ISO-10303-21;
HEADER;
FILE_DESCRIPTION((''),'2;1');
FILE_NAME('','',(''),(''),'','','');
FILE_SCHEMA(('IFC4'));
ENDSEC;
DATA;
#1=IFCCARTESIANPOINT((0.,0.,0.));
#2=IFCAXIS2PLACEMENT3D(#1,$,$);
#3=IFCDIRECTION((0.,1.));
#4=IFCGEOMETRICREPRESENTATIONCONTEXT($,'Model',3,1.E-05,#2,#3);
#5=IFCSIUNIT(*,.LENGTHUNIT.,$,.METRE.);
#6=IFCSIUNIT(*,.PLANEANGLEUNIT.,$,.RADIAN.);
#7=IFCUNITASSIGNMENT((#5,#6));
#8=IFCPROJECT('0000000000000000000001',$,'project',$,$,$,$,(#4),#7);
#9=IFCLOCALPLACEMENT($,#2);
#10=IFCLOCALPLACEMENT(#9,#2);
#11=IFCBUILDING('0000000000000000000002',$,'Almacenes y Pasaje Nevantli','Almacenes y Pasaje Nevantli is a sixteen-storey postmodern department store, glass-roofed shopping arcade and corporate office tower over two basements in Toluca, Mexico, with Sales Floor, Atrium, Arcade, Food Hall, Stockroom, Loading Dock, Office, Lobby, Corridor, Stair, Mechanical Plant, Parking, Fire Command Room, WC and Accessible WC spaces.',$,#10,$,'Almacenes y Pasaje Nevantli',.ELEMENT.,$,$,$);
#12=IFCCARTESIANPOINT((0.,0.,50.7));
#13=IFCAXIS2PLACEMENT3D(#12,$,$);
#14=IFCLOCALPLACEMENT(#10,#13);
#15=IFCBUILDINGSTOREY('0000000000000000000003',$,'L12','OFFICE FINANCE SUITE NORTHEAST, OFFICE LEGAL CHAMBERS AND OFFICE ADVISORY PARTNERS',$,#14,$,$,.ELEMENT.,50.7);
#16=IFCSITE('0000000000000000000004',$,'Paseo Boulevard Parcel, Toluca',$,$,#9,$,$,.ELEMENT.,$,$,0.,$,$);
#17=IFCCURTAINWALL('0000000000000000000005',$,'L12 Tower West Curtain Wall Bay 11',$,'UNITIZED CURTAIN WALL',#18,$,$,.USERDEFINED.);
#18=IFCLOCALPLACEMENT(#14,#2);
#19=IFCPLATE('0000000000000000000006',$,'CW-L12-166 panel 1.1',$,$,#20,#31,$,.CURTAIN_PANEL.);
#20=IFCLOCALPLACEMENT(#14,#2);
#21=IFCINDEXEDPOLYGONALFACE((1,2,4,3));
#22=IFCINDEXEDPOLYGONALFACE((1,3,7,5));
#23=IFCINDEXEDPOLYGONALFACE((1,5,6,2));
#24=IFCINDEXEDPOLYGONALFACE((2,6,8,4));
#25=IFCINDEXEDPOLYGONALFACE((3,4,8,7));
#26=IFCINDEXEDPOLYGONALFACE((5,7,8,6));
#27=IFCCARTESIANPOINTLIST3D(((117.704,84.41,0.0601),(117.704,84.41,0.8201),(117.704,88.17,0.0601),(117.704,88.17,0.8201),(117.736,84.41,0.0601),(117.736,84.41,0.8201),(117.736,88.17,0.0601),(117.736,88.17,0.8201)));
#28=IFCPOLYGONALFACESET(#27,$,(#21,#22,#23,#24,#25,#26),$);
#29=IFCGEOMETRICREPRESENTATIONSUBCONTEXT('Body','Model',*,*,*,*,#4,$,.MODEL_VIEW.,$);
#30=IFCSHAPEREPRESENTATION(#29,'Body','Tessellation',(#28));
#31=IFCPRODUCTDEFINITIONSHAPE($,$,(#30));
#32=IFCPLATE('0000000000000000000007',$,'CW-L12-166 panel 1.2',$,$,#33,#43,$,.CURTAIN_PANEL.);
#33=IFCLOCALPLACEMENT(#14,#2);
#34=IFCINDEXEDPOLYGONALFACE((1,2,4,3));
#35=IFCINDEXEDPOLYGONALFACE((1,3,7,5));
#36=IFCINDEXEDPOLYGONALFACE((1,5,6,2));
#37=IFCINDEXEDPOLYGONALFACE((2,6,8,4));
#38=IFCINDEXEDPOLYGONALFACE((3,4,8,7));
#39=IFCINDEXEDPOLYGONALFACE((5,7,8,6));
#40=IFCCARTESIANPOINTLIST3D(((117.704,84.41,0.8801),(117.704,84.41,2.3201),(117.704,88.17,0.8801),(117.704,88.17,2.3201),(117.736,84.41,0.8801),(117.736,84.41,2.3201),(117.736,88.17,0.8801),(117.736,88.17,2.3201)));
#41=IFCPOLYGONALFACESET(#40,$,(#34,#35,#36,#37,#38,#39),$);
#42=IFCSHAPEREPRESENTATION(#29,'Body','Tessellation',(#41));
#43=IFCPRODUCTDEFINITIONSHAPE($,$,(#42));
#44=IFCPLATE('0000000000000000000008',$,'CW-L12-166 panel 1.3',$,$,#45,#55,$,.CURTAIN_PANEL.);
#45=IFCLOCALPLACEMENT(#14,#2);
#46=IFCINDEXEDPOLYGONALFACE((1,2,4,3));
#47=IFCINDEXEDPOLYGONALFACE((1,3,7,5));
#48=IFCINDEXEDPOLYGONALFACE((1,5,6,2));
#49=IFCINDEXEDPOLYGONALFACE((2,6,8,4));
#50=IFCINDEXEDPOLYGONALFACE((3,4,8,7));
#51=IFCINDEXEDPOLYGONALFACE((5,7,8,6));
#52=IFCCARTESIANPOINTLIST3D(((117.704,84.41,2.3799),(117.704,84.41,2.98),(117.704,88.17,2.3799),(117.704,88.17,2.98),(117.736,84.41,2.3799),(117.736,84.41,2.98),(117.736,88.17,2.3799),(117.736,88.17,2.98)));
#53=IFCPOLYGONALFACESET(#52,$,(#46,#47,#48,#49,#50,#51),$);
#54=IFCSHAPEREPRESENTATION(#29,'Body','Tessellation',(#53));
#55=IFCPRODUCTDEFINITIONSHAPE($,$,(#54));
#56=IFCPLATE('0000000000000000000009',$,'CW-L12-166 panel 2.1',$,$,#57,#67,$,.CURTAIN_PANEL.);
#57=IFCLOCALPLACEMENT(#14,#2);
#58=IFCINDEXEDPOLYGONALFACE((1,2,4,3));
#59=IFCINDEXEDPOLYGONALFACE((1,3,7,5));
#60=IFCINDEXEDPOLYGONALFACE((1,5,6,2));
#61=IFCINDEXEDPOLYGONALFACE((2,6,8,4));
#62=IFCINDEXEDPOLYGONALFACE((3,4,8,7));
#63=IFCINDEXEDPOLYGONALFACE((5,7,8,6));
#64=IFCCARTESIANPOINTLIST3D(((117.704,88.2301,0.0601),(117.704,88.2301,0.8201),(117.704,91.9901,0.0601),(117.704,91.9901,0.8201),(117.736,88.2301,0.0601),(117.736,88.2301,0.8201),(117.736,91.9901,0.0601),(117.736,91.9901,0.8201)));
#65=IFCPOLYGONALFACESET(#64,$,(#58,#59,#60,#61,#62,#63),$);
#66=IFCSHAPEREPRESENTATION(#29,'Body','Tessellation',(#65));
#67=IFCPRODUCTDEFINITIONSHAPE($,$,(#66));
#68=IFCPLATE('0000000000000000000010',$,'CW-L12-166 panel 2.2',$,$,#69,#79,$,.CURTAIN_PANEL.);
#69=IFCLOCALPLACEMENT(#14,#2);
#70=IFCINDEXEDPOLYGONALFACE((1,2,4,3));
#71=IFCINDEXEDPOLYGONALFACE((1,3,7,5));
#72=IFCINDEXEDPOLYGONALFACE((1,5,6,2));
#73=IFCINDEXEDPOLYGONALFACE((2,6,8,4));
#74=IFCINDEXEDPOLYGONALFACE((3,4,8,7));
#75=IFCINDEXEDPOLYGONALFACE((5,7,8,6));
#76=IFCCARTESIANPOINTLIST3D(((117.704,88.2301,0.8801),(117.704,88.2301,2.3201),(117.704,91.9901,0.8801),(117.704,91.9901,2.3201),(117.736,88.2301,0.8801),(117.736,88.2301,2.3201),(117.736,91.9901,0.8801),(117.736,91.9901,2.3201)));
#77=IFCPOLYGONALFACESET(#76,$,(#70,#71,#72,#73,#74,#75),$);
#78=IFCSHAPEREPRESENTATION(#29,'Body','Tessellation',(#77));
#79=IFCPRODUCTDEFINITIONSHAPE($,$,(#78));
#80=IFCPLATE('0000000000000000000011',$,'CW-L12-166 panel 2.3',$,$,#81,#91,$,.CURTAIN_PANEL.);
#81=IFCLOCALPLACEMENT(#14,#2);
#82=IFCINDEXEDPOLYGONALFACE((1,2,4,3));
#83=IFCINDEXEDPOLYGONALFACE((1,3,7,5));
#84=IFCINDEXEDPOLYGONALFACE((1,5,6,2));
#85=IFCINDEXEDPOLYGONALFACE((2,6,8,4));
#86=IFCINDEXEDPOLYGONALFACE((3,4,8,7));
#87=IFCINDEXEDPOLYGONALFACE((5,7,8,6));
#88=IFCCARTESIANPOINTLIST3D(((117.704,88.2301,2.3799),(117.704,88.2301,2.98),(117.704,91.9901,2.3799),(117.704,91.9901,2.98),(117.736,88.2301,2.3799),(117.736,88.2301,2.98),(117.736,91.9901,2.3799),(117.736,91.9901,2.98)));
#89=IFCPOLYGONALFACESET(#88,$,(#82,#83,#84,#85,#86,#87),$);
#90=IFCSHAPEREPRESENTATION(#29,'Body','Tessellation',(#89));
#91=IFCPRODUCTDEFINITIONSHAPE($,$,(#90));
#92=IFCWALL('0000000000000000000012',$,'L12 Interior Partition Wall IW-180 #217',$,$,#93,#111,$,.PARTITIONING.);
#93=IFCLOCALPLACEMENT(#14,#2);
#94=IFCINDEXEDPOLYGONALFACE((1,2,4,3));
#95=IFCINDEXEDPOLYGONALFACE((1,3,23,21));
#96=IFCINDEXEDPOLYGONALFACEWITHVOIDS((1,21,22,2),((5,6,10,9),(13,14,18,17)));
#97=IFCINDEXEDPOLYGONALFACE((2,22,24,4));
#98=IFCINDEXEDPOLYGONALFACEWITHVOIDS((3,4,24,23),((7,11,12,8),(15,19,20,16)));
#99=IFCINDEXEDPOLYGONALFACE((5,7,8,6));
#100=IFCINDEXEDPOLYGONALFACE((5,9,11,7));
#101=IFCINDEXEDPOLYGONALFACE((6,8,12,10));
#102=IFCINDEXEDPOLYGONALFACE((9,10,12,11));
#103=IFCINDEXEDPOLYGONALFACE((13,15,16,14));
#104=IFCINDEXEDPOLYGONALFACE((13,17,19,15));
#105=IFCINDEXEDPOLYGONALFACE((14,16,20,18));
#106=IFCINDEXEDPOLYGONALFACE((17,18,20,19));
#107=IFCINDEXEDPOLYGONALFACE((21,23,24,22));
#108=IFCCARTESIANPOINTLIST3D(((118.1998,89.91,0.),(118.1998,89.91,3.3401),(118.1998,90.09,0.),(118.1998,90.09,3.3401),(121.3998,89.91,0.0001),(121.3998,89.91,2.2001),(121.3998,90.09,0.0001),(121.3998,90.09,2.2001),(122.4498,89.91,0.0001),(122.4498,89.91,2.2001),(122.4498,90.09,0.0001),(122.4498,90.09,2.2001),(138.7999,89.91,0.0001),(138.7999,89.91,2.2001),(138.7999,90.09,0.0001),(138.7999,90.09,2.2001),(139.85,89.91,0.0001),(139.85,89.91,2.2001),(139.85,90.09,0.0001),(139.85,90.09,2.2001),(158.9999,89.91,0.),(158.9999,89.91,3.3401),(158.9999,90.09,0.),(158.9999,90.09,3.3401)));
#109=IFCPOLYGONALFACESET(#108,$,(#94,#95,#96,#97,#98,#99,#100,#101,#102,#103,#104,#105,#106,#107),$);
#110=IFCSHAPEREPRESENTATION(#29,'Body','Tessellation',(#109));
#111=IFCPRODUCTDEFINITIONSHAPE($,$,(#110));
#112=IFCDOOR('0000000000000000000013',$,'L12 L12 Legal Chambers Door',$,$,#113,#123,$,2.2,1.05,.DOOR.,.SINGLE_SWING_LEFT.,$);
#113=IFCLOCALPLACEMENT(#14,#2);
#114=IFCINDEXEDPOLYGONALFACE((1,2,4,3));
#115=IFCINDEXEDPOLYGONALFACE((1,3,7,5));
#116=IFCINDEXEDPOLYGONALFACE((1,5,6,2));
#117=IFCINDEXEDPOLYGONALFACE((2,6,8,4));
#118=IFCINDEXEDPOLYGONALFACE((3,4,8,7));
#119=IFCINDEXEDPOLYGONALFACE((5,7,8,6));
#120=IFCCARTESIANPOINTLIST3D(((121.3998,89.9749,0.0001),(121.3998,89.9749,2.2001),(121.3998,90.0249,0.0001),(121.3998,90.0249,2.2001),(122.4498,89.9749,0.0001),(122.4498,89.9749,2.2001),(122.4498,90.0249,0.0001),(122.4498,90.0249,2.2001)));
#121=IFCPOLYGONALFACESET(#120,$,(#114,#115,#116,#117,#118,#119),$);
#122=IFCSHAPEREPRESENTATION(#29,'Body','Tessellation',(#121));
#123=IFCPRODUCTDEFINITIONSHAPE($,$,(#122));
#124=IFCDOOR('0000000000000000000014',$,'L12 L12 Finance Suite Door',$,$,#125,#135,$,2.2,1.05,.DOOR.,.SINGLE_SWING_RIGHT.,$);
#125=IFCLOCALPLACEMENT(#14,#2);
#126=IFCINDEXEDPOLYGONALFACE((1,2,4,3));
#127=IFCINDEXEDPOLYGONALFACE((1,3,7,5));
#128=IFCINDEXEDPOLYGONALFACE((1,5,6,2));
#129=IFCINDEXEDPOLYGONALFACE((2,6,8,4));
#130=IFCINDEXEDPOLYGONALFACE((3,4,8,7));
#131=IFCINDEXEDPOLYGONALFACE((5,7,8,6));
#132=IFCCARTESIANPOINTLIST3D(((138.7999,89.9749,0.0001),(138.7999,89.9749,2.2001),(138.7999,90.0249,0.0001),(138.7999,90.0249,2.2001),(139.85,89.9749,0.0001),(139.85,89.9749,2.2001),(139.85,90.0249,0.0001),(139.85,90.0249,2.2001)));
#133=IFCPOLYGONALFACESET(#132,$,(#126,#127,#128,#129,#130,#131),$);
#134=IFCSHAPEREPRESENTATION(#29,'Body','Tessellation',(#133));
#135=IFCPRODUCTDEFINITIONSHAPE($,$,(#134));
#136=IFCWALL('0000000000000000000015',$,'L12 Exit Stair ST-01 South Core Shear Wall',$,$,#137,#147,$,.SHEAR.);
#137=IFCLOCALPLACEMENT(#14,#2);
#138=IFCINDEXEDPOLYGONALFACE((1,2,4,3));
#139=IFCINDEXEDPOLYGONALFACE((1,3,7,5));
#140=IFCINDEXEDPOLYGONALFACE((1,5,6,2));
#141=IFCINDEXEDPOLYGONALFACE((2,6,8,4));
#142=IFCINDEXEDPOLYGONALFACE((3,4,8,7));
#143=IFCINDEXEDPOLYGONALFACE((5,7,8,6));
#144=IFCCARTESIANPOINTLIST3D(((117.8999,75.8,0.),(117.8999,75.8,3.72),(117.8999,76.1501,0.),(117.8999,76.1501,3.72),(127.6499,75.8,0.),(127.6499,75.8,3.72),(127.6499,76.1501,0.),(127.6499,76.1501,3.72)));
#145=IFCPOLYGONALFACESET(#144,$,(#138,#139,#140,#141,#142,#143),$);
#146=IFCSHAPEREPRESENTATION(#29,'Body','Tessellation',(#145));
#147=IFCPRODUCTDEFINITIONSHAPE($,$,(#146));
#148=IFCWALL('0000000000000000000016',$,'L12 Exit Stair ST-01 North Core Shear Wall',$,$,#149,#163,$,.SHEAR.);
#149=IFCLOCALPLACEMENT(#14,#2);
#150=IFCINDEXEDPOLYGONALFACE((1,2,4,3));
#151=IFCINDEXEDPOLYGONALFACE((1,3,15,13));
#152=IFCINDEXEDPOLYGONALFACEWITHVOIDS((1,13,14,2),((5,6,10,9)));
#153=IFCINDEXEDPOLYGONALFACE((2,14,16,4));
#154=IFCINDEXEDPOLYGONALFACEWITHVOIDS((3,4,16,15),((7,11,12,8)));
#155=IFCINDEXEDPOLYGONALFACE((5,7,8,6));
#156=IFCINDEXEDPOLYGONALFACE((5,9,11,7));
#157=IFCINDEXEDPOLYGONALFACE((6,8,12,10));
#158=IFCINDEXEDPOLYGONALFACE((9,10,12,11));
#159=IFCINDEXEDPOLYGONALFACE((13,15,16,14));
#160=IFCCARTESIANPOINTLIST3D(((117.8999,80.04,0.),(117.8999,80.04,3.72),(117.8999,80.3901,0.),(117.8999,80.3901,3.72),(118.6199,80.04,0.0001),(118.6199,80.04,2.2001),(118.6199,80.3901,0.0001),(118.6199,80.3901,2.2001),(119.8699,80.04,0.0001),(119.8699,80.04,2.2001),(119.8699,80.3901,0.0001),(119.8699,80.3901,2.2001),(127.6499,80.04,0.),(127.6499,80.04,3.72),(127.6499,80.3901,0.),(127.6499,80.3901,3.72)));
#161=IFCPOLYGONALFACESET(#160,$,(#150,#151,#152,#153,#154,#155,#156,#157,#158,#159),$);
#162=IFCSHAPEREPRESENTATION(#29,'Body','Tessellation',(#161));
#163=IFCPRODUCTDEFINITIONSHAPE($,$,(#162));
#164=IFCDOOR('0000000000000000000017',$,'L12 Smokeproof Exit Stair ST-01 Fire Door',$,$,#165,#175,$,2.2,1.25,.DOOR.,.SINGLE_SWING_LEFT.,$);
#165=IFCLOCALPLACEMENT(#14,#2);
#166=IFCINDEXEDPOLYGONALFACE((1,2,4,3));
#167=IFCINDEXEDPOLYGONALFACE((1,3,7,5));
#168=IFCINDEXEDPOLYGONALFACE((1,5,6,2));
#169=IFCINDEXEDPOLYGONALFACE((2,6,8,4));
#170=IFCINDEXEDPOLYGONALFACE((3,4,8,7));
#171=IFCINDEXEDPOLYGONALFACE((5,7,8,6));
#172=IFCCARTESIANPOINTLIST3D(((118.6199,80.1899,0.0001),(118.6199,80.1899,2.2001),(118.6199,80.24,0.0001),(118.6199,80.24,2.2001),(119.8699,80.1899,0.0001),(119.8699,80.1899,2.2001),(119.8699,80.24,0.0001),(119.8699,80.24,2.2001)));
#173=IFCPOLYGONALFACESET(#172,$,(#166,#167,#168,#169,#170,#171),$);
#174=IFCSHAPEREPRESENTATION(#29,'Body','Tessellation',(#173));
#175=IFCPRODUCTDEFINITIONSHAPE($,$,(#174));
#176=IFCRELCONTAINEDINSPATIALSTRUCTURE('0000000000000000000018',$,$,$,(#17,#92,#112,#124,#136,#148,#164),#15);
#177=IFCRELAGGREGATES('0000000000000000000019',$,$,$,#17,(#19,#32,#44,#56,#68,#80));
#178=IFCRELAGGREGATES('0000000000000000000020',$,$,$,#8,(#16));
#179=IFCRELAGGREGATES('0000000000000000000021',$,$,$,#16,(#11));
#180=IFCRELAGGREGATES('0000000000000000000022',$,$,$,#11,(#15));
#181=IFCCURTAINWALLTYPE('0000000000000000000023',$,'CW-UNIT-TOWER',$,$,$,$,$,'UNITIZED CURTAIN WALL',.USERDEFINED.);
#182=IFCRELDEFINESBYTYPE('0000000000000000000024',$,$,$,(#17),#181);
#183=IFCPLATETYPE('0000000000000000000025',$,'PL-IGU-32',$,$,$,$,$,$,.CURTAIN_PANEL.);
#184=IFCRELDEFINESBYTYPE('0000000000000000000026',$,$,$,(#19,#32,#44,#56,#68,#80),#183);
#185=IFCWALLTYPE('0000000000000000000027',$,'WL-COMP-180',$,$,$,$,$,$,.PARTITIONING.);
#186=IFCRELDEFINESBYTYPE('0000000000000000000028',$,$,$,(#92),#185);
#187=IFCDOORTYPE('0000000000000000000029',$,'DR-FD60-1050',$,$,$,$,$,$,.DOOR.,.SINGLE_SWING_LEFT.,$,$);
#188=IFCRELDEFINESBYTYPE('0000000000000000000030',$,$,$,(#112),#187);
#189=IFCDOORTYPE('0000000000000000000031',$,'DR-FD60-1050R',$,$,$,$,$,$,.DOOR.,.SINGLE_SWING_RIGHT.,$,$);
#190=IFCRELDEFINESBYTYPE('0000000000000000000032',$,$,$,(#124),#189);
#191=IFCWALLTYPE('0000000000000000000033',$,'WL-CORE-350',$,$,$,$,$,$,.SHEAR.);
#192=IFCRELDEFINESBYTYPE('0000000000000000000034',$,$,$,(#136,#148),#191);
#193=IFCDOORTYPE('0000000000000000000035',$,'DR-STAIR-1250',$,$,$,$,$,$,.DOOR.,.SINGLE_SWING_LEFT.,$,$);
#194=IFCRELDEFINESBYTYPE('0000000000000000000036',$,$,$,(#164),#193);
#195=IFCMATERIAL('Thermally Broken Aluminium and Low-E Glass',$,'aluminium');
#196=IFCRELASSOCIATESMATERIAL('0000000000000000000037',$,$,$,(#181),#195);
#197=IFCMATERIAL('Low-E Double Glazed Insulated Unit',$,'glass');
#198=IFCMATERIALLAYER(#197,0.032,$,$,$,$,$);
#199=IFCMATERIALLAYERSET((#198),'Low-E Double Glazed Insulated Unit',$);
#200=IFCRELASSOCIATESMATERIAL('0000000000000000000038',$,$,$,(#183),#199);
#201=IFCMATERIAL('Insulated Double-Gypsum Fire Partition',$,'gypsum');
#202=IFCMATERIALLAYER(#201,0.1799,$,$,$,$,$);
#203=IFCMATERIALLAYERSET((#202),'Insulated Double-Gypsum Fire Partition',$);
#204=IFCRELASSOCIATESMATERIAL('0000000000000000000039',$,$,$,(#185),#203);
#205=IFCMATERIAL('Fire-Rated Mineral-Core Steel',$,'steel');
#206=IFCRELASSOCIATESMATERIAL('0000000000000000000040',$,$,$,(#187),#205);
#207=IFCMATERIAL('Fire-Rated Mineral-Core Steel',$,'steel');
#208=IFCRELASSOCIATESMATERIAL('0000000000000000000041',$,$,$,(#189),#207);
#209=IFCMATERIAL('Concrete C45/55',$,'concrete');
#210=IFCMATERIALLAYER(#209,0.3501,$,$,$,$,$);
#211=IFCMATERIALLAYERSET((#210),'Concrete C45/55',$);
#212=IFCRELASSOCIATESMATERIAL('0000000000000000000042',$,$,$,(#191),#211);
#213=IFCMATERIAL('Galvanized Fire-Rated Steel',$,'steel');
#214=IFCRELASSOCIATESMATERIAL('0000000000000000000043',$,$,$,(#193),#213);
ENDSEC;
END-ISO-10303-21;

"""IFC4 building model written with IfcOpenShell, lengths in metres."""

from ifc_helpers import new_model, si_unit, direction, frame, frame_2d, origin, origin_2d, place, context, subcontext, project, spatial, rectangle, extrude, material, layer, layer_set, type_object, element, fill, aggregate, save


model = new_model("IFC4")

# Units and contexts
model_context = context("Model", 3, precision=1e-05, world=origin(), true_north=direction((0.0, 1.0)))
body_context = subcontext(model_context, "Body", "Model", "MODEL_VIEW")
ifc_project = project(units=[si_unit("LENGTHUNIT", "METRE"), si_unit("PLANEANGLEUNIT", "RADIAN")], contexts=[model_context])

# Site, building, storey
site_placement = place(None, origin())
site = spatial("IfcSite", under=ifc_project, at=site_placement, Name="Paseo Boulevard Parcel, Toluca", CompositionType="ELEMENT", RefElevation=0.0)
building_placement = place(site_placement, origin())
building = spatial("IfcBuilding", under=site, at=building_placement, Name="Almacenes y Pasaje Nevantli", Description="Almacenes y Pasaje Nevantli is a sixteen-storey postmodern department store, glass-roofed shopping arcade and corporate office tower over two basements in Toluca, Mexico, with Sales Floor, Atrium, Arcade, Food Hall, Stockroom, Loading Dock, Office, Lobby, Corridor, Stair, Mechanical Plant, Parking, Fire Command Room, WC and Accessible WC spaces.", LongName="Almacenes y Pasaje Nevantli", CompositionType="ELEMENT")
storey_placement = place(building_placement, frame((0.0, 0.0, 50.7)))
storey = spatial("IfcBuildingStorey", under=building, at=storey_placement, Name="L12", Description="OFFICE FINANCE SUITE NORTHEAST, OFFICE LEGAL CHAMBERS AND OFFICE ADVISORY PARTNERS", CompositionType="ELEMENT", Elevation=50.7)

# Curtain wall, plates
ifc_material_1 = material(Name="Thermally Broken Aluminium and Low-E Glass", Category="aluminium")
curtain_wall_type = type_object("IfcCurtainWallType", Name="CW-UNIT-TOWER", ElementType="UNITIZED CURTAIN WALL", PredefinedType="USERDEFINED", material=ifc_material_1)
curtain_wall_placement = place(storey_placement, origin())
curtain_wall = element("IfcCurtainWall", 1, at=curtain_wall_placement, inside=storey, type_object=curtain_wall_type, Name="L12 Tower West Curtain Wall Bay 11", ObjectType="UNITIZED CURTAIN WALL", PredefinedType="USERDEFINED")
ifc_material_2 = material(Name="Low-E Double Glazed Insulated Unit", Category="glass")
ifc_layer_1 = layer(ifc_material_2, 0.032)
ifc_layer_set_1 = layer_set([ifc_layer_1], Name="Low-E Double Glazed Insulated Unit")
plate_type = type_object("IfcPlateType", Name="PL-IGU-32", PredefinedType="CURTAIN_PANEL", material=ifc_layer_set_1)
plate_1_placement = place(storey_placement, frame((117.72, 86.29, 0.0601), z_axis=(0.0, 0.0, 1.0), x_axis=(0.0, 1.0, 0.0)))
plate_1 = element("IfcPlate", 2, at=plate_1_placement, type_object=plate_type, Name="CW-L12-166 panel 1.1", PredefinedType="CURTAIN_PANEL", context=body_context, shape_type="SweptSolid", body=[
    extrude(rectangle(XDim=3.76, YDim=0.032, at=origin_2d()), origin(), (0.0, 0.0, 1.0), 0.76),
])
plate_2_placement = place(storey_placement, frame((117.72, 86.29, 0.8801), z_axis=(0.0, 0.0, 1.0), x_axis=(0.0, 1.0, 0.0)))
plate_2 = element("IfcPlate", 3, at=plate_2_placement, type_object=plate_type, Name="CW-L12-166 panel 1.2", PredefinedType="CURTAIN_PANEL", context=body_context, shape_type="SweptSolid", body=[
    extrude(rectangle(XDim=3.76, YDim=0.032, at=origin_2d()), origin(), (0.0, 0.0, 1.0), 1.4399),
])
plate_3_placement = place(storey_placement, frame((117.72, 86.29, 2.3799), z_axis=(0.0, 0.0, 1.0), x_axis=(0.0, 1.0, 0.0)))
plate_3 = element("IfcPlate", 4, at=plate_3_placement, type_object=plate_type, Name="CW-L12-166 panel 1.3", PredefinedType="CURTAIN_PANEL", context=body_context, shape_type="SweptSolid", body=[
    extrude(rectangle(XDim=3.76, YDim=0.032, at=origin_2d()), origin(), (0.0, 0.0, 1.0), 0.6001),
])
plate_4_placement = place(storey_placement, frame((117.72, 90.1101, 0.0601), z_axis=(0.0, 0.0, 1.0), x_axis=(0.0, 1.0, 0.0)))
plate_4 = element("IfcPlate", 5, at=plate_4_placement, type_object=plate_type, Name="CW-L12-166 panel 2.1", PredefinedType="CURTAIN_PANEL", context=body_context, shape_type="SweptSolid", body=[
    extrude(rectangle(XDim=3.76, YDim=0.032, at=origin_2d()), origin(), (0.0, 0.0, 1.0), 0.76),
])
plate_5_placement = place(storey_placement, frame((117.72, 90.1101, 0.8801), z_axis=(0.0, 0.0, 1.0), x_axis=(0.0, 1.0, 0.0)))
plate_5 = element("IfcPlate", 6, at=plate_5_placement, type_object=plate_type, Name="CW-L12-166 panel 2.2", PredefinedType="CURTAIN_PANEL", context=body_context, shape_type="SweptSolid", body=[
    extrude(rectangle(XDim=3.76, YDim=0.032, at=origin_2d()), origin(), (0.0, 0.0, 1.0), 1.4399),
])
plate_6_placement = place(storey_placement, frame((117.72, 90.1101, 2.3799), z_axis=(0.0, 0.0, 1.0), x_axis=(0.0, 1.0, 0.0)))
plate_6 = element("IfcPlate", 7, at=plate_6_placement, type_object=plate_type, Name="CW-L12-166 panel 2.3", PredefinedType="CURTAIN_PANEL", context=body_context, shape_type="SweptSolid", body=[
    extrude(rectangle(XDim=3.76, YDim=0.032, at=origin_2d()), origin(), (0.0, 0.0, 1.0), 0.6001),
])
aggregate(curtain_wall, [plate_1, plate_2, plate_3, plate_4, plate_5, plate_6])

# Wall, openings, doors
ifc_material_3 = material(Name="Insulated Double-Gypsum Fire Partition", Category="gypsum")
ifc_layer_2 = layer(ifc_material_3, 0.1799)
ifc_layer_set_2 = layer_set([ifc_layer_2], Name="Insulated Double-Gypsum Fire Partition")
wall_type_1 = type_object("IfcWallType", Name="WL-COMP-180", PredefinedType="PARTITIONING", material=ifc_layer_set_2)
wall_1_placement = place(storey_placement, frame((118.2, 90.0, 0.0), z_axis=(0.0, 0.0, 1.0), x_axis=(1.0, 0.0, 0.0)))
wall_1 = element("IfcWall", 8, at=wall_1_placement, inside=storey, type_object=wall_type_1, Name="L12 Interior Partition Wall IW-180 #217", PredefinedType="PARTITIONING", context=body_context, shape_type="SweptSolid", body=[
    extrude(rectangle(XDim=40.8, YDim=0.1799, at=frame_2d((20.3999, 0.0))), origin(), (0.0, 0.0, 1.0), 3.3401),
])
opening_1_placement = place(wall_1_placement, frame((3.2, 0.0, 0.0)))
opening_1 = element("IfcOpeningElement", 9, at=opening_1_placement, cuts=wall_1, PredefinedType="OPENING", context=body_context, shape_type="SweptSolid", body=[
    extrude(rectangle(XDim=1.05, YDim=2.2, at=frame_2d((0.5249, 1.1001))), frame((0.0, 0.0999, 0.0), z_axis=(0.0, -1.0, 0.0), x_axis=(1.0, 0.0, 0.0)), (0.0, 0.0, 1.0), 0.2),
])
opening_2_placement = place(wall_1_placement, frame((20.6001, 0.0, 0.0)))
opening_2 = element("IfcOpeningElement", 10, at=opening_2_placement, cuts=wall_1, PredefinedType="OPENING", context=body_context, shape_type="SweptSolid", body=[
    extrude(rectangle(XDim=1.05, YDim=2.2, at=frame_2d((0.5249, 1.1001))), frame((0.0, 0.0999, 0.0), z_axis=(0.0, -1.0, 0.0), x_axis=(1.0, 0.0, 0.0)), (0.0, 0.0, 1.0), 0.2),
])
ifc_material_4 = material(Name="Fire-Rated Mineral-Core Steel", Category="steel")
door_type_1 = type_object("IfcDoorType", Name="DR-FD60-1050", OperationType="SINGLE_SWING_LEFT", PredefinedType="DOOR", material=ifc_material_4)
door_1_placement = place(opening_1_placement, origin())
door_1 = element("IfcDoor", 11, at=door_1_placement, inside=storey, type_object=door_type_1, Name="L12 L12 Legal Chambers Door", OperationType="SINGLE_SWING_LEFT", OverallHeight=2.2, OverallWidth=1.05, PredefinedType="DOOR", context=body_context, shape_type="SweptSolid", body=[
    extrude(rectangle(XDim=1.05, YDim=2.2, at=frame_2d((0.5249, 1.1001))), frame((0.0, 0.0249, 0.0), z_axis=(0.0, -1.0, 0.0), x_axis=(1.0, 0.0, 0.0)), (0.0, 0.0, 1.0), 0.05),
])
fill(opening_1, door_1)
ifc_material_5 = material(Name="Fire-Rated Mineral-Core Steel", Category="steel")
door_type_2 = type_object("IfcDoorType", Name="DR-FD60-1050R", OperationType="SINGLE_SWING_RIGHT", PredefinedType="DOOR", material=ifc_material_5)
door_2_placement = place(opening_2_placement, origin())
door_2 = element("IfcDoor", 12, at=door_2_placement, inside=storey, type_object=door_type_2, Name="L12 L12 Finance Suite Door", OperationType="SINGLE_SWING_RIGHT", OverallHeight=2.2, OverallWidth=1.05, PredefinedType="DOOR", context=body_context, shape_type="SweptSolid", body=[
    extrude(rectangle(XDim=1.05, YDim=2.2, at=frame_2d((0.5249, 1.1001))), frame((0.0, 0.0249, 0.0), z_axis=(0.0, -1.0, 0.0), x_axis=(1.0, 0.0, 0.0)), (0.0, 0.0, 1.0), 0.05),
])
fill(opening_2, door_2)

# Wall
ifc_material_6 = material(Name="Concrete C45/55", Category="concrete")
ifc_layer_3 = layer(ifc_material_6, 0.3501)
ifc_layer_set_3 = layer_set([ifc_layer_3], Name="Concrete C45/55")
wall_type_2 = type_object("IfcWallType", Name="WL-CORE-350", PredefinedType="SHEAR", material=ifc_layer_set_3)
wall_2_placement = place(storey_placement, frame((117.8999, 75.9751, 0.0), z_axis=(0.0, 0.0, 1.0), x_axis=(1.0, 0.0, 0.0)))
element("IfcWall", 13, at=wall_2_placement, inside=storey, type_object=wall_type_2, Name="L12 Exit Stair ST-01 South Core Shear Wall", PredefinedType="SHEAR", context=body_context, shape_type="SweptSolid", body=[
    extrude(rectangle(XDim=9.75, YDim=0.3501, at=frame_2d((4.875, 0.0))), origin(), (0.0, 0.0, 1.0), 3.72),
])

# Wall, opening, door
wall_3_placement = place(storey_placement, frame((117.8999, 80.2151, 0.0), z_axis=(0.0, 0.0, 1.0), x_axis=(1.0, 0.0, 0.0)))
wall_3 = element("IfcWall", 14, at=wall_3_placement, inside=storey, type_object=wall_type_2, Name="L12 Exit Stair ST-01 North Core Shear Wall", PredefinedType="SHEAR", context=body_context, shape_type="SweptSolid", body=[
    extrude(rectangle(XDim=9.75, YDim=0.3501, at=frame_2d((4.875, 0.0))), origin(), (0.0, 0.0, 1.0), 3.72),
])
opening_3_placement = place(wall_3_placement, frame((0.72, 0.0, 0.0)))
opening_3 = element("IfcOpeningElement", 15, at=opening_3_placement, cuts=wall_3, PredefinedType="OPENING", context=body_context, shape_type="SweptSolid", body=[
    extrude(rectangle(XDim=1.25, YDim=2.2, at=frame_2d((0.625, 1.1001))), frame((0.0, 0.1851, 0.0), z_axis=(0.0, -1.0, 0.0), x_axis=(1.0, 0.0, 0.0)), (0.0, 0.0, 1.0), 0.3701),
])
ifc_material_7 = material(Name="Galvanized Fire-Rated Steel", Category="steel")
door_type_3 = type_object("IfcDoorType", Name="DR-STAIR-1250", OperationType="SINGLE_SWING_LEFT", PredefinedType="DOOR", material=ifc_material_7)
door_3_placement = place(opening_3_placement, origin())
door_3 = element("IfcDoor", 16, at=door_3_placement, inside=storey, type_object=door_type_3, Name="L12 Smokeproof Exit Stair ST-01 Fire Door", OperationType="SINGLE_SWING_LEFT", OverallHeight=2.2, OverallWidth=1.25, PredefinedType="DOOR", context=body_context, shape_type="SweptSolid", body=[
    extrude(rectangle(XDim=1.25, YDim=2.2, at=frame_2d((0.625, 1.1001))), frame((0.0, 0.0249, 0.0), z_axis=(0.0, -1.0, 0.0), x_axis=(1.0, 0.0, 0.0)), (0.0, 0.0, 1.0), 0.05),
])
fill(opening_3, door_3)

save(model, "model.ifc")
